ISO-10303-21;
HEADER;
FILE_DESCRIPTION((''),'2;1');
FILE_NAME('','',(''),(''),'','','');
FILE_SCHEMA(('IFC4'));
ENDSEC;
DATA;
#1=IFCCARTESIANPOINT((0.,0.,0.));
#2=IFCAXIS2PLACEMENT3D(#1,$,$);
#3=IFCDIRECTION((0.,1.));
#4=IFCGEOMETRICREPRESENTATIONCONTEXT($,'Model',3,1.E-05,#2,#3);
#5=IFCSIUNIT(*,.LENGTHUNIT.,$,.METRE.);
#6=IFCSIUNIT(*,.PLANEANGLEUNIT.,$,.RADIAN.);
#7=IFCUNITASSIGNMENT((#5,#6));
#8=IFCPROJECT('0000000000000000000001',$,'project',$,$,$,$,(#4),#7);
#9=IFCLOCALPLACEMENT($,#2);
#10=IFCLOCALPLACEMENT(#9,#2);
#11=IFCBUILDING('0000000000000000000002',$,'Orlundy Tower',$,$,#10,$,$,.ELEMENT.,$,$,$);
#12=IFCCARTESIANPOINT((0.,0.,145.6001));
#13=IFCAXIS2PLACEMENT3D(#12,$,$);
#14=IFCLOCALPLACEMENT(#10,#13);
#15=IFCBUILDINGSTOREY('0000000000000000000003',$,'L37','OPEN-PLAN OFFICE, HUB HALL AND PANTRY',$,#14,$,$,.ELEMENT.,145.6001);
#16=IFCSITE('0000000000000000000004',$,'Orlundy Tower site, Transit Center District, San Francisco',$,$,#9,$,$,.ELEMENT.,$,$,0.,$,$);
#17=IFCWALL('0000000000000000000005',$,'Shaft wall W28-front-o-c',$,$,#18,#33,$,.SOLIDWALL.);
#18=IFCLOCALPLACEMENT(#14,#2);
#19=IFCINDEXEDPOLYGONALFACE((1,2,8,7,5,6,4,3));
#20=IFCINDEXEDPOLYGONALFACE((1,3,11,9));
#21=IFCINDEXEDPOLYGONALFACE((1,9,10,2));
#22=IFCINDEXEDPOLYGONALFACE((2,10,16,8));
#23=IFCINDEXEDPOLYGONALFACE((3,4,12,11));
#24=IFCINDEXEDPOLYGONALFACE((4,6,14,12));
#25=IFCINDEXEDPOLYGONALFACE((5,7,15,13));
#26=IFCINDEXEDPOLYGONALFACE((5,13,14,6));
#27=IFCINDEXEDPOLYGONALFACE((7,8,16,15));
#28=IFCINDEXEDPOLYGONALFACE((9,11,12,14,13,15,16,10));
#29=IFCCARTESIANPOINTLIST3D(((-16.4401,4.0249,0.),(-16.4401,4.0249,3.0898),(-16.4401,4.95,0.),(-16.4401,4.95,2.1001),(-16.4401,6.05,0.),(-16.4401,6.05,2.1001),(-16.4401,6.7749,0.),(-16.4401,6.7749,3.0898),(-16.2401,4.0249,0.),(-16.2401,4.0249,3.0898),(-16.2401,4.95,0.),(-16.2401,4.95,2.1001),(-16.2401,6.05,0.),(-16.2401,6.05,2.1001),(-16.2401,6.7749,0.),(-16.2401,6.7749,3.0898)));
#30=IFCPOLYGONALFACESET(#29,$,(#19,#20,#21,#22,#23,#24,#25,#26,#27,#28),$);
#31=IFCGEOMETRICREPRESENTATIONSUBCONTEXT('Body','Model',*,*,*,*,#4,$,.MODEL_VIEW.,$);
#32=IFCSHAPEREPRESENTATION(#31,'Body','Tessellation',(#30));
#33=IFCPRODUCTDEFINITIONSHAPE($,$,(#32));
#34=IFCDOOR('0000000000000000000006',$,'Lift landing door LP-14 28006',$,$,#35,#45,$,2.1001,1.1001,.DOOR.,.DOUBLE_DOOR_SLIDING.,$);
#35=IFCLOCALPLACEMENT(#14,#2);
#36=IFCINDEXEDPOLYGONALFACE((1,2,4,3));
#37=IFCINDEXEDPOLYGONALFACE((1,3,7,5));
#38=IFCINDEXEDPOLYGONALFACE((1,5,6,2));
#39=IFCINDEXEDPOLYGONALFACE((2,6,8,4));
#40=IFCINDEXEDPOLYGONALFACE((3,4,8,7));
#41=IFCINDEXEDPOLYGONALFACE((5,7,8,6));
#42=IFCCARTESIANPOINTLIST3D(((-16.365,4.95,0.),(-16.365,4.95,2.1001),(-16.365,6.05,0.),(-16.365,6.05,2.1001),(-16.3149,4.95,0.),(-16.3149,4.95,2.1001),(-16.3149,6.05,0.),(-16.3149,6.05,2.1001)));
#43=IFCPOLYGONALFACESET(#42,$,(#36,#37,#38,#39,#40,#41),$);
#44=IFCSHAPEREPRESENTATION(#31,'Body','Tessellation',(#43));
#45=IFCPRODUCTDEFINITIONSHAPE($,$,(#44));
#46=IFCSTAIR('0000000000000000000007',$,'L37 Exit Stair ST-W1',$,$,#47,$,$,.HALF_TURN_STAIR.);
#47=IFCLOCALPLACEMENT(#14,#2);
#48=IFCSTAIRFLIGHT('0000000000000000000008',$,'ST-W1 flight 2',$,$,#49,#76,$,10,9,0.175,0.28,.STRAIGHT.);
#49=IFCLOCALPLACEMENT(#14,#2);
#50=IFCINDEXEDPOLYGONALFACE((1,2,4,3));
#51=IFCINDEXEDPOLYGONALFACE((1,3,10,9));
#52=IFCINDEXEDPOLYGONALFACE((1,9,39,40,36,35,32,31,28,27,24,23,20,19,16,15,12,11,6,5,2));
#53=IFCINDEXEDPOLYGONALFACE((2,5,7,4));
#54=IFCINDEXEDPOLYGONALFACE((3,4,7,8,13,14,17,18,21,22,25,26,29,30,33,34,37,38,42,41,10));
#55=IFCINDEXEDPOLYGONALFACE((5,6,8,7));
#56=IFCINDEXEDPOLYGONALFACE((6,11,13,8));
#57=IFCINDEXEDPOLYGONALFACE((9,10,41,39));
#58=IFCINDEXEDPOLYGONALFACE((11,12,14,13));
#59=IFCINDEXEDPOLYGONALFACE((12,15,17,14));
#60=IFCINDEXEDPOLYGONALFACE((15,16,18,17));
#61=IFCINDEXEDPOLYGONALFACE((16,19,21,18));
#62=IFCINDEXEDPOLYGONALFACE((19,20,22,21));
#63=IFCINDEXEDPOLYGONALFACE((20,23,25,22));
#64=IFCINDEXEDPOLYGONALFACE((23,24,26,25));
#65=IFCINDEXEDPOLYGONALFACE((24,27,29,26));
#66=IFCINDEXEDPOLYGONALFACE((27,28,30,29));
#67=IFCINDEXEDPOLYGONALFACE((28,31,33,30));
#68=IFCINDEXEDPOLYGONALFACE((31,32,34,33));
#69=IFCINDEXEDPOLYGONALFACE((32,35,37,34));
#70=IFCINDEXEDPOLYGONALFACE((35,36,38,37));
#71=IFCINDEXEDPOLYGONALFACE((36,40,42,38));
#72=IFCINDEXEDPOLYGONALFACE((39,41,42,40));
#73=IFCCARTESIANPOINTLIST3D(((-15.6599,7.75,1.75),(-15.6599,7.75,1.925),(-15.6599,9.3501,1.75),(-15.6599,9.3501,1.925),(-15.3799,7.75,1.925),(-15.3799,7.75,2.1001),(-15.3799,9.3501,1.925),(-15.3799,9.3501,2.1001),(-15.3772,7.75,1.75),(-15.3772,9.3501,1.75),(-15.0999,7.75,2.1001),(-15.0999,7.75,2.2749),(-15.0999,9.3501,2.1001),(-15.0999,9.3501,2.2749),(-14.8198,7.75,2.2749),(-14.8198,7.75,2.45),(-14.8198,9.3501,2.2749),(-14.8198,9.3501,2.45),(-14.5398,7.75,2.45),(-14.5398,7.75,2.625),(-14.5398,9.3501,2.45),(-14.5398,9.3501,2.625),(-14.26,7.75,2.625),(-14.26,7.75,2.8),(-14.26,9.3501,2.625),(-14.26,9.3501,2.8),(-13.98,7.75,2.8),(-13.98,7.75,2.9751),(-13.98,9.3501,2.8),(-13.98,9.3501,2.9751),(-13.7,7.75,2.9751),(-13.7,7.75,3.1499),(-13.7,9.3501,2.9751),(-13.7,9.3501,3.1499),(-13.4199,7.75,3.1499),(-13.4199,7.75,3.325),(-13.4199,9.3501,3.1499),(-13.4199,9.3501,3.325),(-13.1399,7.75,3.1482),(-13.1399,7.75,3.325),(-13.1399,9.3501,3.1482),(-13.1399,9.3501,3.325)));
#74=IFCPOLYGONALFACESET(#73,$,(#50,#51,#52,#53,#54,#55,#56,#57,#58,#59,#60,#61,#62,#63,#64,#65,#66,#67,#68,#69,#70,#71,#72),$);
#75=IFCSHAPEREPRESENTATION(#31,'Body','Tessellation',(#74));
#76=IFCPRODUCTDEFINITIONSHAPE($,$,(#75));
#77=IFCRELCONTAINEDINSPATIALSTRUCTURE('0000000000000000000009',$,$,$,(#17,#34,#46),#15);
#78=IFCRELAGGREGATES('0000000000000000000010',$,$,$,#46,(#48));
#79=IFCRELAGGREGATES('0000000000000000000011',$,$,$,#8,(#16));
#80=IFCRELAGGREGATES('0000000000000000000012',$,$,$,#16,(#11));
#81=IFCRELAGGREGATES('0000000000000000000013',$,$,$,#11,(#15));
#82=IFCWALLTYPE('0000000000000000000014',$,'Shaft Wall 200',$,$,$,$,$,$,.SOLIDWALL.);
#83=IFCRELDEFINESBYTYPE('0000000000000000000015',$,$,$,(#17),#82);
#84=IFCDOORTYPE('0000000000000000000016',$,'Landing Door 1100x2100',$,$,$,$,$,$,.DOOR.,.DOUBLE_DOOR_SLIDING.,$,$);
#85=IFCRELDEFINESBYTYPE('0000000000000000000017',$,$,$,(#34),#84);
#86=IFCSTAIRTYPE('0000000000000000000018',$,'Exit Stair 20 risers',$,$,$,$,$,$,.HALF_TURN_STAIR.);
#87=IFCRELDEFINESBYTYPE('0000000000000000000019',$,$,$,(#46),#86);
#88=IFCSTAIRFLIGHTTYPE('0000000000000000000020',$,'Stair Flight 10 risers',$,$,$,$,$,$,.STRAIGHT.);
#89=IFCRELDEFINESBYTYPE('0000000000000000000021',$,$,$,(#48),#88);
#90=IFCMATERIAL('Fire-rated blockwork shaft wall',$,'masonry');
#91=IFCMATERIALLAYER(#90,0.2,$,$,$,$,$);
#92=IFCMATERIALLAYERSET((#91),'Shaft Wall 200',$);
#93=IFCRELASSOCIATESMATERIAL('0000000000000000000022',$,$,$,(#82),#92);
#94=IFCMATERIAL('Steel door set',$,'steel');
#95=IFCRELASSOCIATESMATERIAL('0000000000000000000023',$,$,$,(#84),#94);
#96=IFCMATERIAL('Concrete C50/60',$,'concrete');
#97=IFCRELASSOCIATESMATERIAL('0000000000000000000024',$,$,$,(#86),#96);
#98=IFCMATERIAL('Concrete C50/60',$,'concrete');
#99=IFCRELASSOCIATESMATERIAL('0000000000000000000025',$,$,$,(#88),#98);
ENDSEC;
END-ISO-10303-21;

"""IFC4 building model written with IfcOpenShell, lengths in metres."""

from ifc_helpers import new_model, si_unit, direction, frame, frame_2d, origin, place, context, subcontext, project, spatial, polyline, rectangle, outline, extrude, material, layer, layer_set, type_object, element, fill, aggregate, save


model = new_model("IFC4")

# Units and contexts
model_context = context("Model", 3, precision=1e-05, world=origin(), true_north=direction((0.0, 1.0)))
body_context = subcontext(model_context, "Body", "Model", "MODEL_VIEW")
ifc_project = project(units=[si_unit("LENGTHUNIT", "METRE"), si_unit("PLANEANGLEUNIT", "RADIAN")], contexts=[model_context])

# Site, building, storey
site_placement = place(None, origin())
site = spatial("IfcSite", under=ifc_project, at=site_placement, Name="Orlundy Tower site, Transit Center District, San Francisco", CompositionType="ELEMENT", RefElevation=0.0)
building_placement = place(site_placement, origin())
building = spatial("IfcBuilding", under=site, at=building_placement, Name="Orlundy Tower", CompositionType="ELEMENT")
storey_placement = place(building_placement, frame((0.0, 0.0, 145.6001)))
storey = spatial("IfcBuildingStorey", under=building, at=storey_placement, Name="L37", Description="OPEN-PLAN OFFICE, HUB HALL AND PANTRY", CompositionType="ELEMENT", Elevation=145.6001)

# Wall, opening, door
ifc_material_1 = material(Name="Fire-rated blockwork shaft wall", Category="masonry")
ifc_layer_1 = layer(ifc_material_1, 0.2)
ifc_layer_set_1 = layer_set([ifc_layer_1], Name="Shaft Wall 200")
wall_type_1 = type_object("IfcWallType", Name="Shaft Wall 200", PredefinedType="SOLIDWALL", material=ifc_layer_set_1)
wall_1_placement = place(storey_placement, frame((-16.3401, 4.0249, 0.0), z_axis=(0.0, 0.0, 1.0), x_axis=(0.0, 1.0, 0.0)))
wall_1 = element("IfcWall", 1, at=wall_1_placement, inside=storey, type_object=wall_type_1, Name="Shaft wall W28-front-o-c", PredefinedType="SOLIDWALL", context=body_context, shape_type="SweptSolid", body=[
    extrude(rectangle(XDim=2.75, YDim=0.2, at=frame_2d((1.375, 0.0))), origin(), (0.0, 0.0, 1.0), 3.0898),
])
opening_1_placement = place(wall_1_placement, frame((0.925, 0.0, 0.0)))
opening_1 = element("IfcOpeningElement", 2, at=opening_1_placement, cuts=wall_1, PredefinedType="OPENING", context=body_context, shape_type="SweptSolid", body=[
    extrude(rectangle(XDim=1.1001, YDim=2.1001, at=frame_2d((0.55, 1.05))), frame((0.0, 0.1101, 0.0), z_axis=(0.0, -1.0, 0.0), x_axis=(1.0, 0.0, 0.0)), (0.0, 0.0, 1.0), 0.2202),
])
ifc_material_2 = material(Name="Steel door set", Category="steel")
door_type_1 = type_object("IfcDoorType", Name="Landing Door 1100x2100", OperationType="DOUBLE_DOOR_SLIDING", PredefinedType="DOOR", material=ifc_material_2)
door_1_placement = place(opening_1_placement, origin())
door_1 = element("IfcDoor", 3, at=door_1_placement, inside=storey, type_object=door_type_1, Name="Lift landing door LP-14 28006", OperationType="DOUBLE_DOOR_SLIDING", OverallHeight=2.1001, OverallWidth=1.1001, PredefinedType="DOOR", context=body_context, shape_type="SweptSolid", body=[
    extrude(rectangle(XDim=1.1001, YDim=2.1001, at=frame_2d((0.55, 1.05))), frame((0.0, 0.0249, 0.0), z_axis=(0.0, -1.0, 0.0), x_axis=(1.0, 0.0, 0.0)), (0.0, 0.0, 1.0), 0.05),
])
fill(opening_1, door_1)

# Stair, stair flight
ifc_material_3 = material(Name="Concrete C50/60", Category="concrete")
stair_type = type_object("IfcStairType", Name="Exit Stair 20 risers", PredefinedType="HALF_TURN_STAIR", material=ifc_material_3)
stair_placement = place(storey_placement, origin())
stair = element("IfcStair", 4, at=stair_placement, inside=storey, type_object=stair_type, Name="L37 Exit Stair ST-W1", PredefinedType="HALF_TURN_STAIR")
ifc_material_4 = material(Name="Concrete C50/60", Category="concrete")
stair_flight_type = type_object("IfcStairFlightType", Name="Stair Flight 10 risers", PredefinedType="STRAIGHT", material=ifc_material_4)
stair_flight_placement = place(storey_placement, frame((-15.6599, 8.55, 1.75), z_axis=(0.0, 0.0, 1.0), x_axis=(1.0, 0.0, 0.0)))
stair_flight = element("IfcStairFlight", 5, at=stair_flight_placement, type_object=stair_flight_type, Name="ST-W1 flight 2", NumberOfRisers=10, NumberOfTreads=9, PredefinedType="STRAIGHT", RiserHeight=0.175, TreadLength=0.28, context=body_context, shape_type="SweptSolid", body=[
    extrude(outline(polyline([(0.0, 0.0), (0.0, 0.175), (0.28, 0.175), (0.28, 0.3501), (0.5601, 0.3501), (0.5601, 0.5249), (0.8401, 0.5249), (0.8401, 0.7), (1.1201, 0.7), (1.1201, 0.875), (1.3999, 0.875), (1.3999, 1.05), (1.6799, 1.05), (1.6799, 1.2251), (1.96, 1.2251), (1.96, 1.3999), (2.24, 1.3999), (2.24, 1.575), (2.52, 1.575), (2.52, 1.75), (2.52, 1.3982), (0.2827, 0.0), (0.0, 0.0)])), frame((0.0, 0.8, 0.0), z_axis=(0.0, -1.0, 0.0), x_axis=(1.0, 0.0, 0.0)), (0.0, 0.0, 1.0), 1.6001),
])
aggregate(stair, [stair_flight])

save(model, "model.ifc")
